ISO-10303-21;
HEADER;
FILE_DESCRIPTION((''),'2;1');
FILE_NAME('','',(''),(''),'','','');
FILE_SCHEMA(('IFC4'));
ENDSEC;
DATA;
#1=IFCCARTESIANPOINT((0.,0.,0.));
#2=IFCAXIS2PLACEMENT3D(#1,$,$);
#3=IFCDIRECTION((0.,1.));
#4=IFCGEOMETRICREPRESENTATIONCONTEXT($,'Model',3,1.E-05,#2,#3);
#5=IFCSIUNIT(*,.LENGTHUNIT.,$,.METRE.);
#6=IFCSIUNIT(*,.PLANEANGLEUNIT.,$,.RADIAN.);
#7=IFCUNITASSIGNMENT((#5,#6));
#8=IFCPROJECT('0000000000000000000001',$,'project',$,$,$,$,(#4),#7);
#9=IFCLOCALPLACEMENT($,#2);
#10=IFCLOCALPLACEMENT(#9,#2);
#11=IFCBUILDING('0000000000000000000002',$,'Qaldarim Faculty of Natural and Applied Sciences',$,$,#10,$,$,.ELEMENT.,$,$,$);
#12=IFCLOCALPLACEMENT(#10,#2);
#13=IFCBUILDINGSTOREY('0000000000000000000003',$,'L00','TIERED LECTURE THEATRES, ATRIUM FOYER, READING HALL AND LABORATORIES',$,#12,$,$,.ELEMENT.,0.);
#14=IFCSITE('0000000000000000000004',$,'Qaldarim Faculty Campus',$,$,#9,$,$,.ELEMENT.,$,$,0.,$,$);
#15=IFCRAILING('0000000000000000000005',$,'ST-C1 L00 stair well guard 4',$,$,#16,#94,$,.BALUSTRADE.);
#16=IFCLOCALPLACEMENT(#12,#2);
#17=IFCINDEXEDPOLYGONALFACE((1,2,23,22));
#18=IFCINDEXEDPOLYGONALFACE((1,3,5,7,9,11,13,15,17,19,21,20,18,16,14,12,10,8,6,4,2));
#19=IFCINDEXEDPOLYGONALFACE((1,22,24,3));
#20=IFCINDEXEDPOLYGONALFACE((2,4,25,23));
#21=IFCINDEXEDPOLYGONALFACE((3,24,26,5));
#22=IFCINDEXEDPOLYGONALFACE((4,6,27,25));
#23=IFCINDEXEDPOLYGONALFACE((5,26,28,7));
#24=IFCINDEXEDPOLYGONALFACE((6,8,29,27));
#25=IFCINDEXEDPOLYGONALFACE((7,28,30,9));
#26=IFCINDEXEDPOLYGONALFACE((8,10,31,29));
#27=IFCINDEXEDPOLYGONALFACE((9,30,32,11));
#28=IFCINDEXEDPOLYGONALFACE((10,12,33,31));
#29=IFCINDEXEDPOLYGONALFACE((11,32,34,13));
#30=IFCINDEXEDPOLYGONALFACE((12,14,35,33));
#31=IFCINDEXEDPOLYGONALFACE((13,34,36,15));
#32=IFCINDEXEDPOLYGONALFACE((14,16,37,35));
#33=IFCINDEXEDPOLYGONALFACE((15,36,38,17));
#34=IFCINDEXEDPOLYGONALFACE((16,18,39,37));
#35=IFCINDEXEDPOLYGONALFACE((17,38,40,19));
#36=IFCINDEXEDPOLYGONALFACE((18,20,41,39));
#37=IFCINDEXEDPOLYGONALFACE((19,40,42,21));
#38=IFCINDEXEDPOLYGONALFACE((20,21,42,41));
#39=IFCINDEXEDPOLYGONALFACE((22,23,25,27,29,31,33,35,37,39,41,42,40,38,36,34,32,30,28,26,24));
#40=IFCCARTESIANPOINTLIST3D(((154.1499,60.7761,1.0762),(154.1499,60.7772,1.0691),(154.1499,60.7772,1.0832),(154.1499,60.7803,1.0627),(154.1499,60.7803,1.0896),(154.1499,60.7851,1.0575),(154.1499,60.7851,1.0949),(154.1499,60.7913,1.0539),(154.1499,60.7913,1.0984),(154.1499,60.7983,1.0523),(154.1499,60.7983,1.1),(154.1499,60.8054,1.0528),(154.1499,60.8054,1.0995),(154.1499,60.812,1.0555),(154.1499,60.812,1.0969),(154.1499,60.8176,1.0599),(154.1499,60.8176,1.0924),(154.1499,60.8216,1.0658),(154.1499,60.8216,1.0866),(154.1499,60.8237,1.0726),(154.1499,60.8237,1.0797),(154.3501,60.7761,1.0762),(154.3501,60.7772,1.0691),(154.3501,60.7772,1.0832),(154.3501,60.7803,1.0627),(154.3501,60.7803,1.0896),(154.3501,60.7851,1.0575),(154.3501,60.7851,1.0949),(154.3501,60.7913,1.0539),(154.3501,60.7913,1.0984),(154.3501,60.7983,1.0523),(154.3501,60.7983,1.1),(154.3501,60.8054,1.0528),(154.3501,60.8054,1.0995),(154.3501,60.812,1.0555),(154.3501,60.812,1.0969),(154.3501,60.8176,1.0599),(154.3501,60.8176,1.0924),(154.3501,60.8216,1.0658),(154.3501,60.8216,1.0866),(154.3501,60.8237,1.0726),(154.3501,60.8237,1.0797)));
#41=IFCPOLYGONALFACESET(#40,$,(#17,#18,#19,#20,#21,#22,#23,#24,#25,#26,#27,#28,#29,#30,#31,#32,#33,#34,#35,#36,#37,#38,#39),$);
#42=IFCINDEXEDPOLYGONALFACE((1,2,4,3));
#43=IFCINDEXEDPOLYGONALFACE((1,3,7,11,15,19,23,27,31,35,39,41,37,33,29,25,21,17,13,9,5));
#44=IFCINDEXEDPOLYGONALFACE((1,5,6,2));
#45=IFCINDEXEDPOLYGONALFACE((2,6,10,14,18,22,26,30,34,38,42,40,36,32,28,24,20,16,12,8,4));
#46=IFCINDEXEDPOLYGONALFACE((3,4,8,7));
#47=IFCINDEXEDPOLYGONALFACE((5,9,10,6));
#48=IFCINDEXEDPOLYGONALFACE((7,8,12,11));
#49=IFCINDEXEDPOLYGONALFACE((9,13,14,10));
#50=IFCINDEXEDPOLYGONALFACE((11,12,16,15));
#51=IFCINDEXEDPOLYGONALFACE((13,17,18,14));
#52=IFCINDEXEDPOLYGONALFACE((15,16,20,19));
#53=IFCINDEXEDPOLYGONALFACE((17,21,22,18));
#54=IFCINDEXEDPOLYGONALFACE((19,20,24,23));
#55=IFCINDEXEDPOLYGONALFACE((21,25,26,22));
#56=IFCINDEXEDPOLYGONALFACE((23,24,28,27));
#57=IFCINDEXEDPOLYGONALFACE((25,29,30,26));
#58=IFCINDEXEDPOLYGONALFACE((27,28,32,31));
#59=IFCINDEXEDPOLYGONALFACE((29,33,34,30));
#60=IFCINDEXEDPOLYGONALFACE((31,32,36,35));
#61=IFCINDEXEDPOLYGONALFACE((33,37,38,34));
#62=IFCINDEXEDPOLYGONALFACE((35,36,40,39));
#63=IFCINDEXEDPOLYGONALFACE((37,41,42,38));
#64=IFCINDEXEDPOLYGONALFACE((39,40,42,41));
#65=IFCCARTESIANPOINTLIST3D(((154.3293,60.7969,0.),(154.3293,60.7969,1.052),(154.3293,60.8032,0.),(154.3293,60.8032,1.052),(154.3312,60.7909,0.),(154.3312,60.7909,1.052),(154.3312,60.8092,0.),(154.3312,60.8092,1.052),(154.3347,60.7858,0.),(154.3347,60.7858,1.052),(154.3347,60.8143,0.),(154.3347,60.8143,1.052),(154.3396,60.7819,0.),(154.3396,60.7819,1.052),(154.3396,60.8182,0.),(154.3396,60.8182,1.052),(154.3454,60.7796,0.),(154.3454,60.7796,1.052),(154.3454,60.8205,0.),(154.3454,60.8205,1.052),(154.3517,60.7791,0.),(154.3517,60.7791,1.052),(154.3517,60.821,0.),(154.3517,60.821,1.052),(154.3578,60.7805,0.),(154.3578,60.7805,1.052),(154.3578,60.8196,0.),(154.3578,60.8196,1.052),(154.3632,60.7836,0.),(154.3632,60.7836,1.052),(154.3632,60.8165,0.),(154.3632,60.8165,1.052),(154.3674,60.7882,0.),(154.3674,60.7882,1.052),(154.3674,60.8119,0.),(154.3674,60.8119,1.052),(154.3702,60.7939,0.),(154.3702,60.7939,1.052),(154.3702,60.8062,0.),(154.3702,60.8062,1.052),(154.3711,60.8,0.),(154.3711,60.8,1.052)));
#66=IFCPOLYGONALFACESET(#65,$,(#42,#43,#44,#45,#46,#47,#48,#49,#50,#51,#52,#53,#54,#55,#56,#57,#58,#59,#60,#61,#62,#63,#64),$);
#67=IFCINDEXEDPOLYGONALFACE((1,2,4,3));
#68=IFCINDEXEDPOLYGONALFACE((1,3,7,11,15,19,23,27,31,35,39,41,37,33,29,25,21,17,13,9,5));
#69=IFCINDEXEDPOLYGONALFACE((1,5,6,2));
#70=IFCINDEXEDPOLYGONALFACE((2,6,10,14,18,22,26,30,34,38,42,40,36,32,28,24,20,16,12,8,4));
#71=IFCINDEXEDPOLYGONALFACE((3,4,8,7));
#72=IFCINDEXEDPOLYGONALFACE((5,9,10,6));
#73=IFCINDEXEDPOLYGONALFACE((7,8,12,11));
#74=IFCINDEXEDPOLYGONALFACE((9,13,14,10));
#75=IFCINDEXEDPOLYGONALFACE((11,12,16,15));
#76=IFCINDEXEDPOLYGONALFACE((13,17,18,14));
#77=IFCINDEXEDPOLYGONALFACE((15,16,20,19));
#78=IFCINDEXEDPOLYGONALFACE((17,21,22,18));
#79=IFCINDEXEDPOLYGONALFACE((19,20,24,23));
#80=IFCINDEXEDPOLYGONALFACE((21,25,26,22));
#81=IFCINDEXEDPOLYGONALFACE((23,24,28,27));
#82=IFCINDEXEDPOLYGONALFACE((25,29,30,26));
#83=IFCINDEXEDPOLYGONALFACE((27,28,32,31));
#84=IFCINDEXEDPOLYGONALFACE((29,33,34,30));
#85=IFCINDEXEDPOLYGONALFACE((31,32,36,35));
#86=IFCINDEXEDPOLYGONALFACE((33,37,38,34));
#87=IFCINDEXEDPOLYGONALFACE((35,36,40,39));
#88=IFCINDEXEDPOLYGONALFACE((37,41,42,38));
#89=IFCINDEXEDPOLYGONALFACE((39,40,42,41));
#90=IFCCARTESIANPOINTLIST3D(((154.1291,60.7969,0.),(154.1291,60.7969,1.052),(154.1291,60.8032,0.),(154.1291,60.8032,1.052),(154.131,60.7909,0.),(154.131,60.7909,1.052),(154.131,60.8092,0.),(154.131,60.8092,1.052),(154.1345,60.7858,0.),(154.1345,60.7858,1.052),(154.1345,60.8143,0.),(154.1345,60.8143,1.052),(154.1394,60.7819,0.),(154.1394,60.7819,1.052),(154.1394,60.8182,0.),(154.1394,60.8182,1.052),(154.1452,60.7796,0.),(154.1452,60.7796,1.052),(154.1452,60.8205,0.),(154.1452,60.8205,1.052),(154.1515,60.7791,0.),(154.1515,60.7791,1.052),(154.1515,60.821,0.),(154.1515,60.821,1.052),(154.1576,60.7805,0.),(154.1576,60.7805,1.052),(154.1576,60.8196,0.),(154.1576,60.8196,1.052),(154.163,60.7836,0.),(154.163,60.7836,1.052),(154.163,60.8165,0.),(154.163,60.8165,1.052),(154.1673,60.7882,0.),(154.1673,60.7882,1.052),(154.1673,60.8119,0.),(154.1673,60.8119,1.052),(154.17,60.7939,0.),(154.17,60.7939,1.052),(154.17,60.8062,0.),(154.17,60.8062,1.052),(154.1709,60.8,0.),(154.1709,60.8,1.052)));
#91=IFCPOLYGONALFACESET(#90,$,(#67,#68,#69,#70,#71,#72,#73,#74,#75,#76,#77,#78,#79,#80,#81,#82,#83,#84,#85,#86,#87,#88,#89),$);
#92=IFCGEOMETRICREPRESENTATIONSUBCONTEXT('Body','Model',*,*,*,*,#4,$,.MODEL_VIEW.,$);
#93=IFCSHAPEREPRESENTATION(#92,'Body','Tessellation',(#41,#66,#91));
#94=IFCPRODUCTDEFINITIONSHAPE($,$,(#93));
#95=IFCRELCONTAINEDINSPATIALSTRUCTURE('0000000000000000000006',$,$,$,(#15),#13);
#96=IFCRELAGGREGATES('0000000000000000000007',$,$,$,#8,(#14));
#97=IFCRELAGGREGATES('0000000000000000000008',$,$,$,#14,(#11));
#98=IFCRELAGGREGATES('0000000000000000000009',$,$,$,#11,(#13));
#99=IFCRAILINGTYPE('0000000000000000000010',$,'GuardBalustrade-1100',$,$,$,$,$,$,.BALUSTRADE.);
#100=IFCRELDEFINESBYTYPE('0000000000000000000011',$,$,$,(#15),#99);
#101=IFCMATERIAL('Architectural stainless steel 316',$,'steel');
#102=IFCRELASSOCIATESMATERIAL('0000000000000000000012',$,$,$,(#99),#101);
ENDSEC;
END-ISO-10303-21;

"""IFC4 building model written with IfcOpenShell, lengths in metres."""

from ifc_helpers import new_model, si_unit, direction, frame, origin, origin_2d, place, context, subcontext, project, spatial, circle, extrude, material, type_object, element, save


model = new_model("IFC4")

# Units and contexts
model_context = context("Model", 3, precision=1e-05, world=origin(), true_north=direction((0.0, 1.0)))
body_context = subcontext(model_context, "Body", "Model", "MODEL_VIEW")
ifc_project = project(units=[si_unit("LENGTHUNIT", "METRE"), si_unit("PLANEANGLEUNIT", "RADIAN")], contexts=[model_context])

# Site, building, storey
site_placement = place(None, origin())
site = spatial("IfcSite", under=ifc_project, at=site_placement, Name="Qaldarim Faculty Campus", CompositionType="ELEMENT", RefElevation=0.0)
building_placement = place(site_placement, origin())
building = spatial("IfcBuilding", under=site, at=building_placement, Name="Qaldarim Faculty of Natural and Applied Sciences", CompositionType="ELEMENT")
storey_placement = place(building_placement, origin())
storey = spatial("IfcBuildingStorey", under=building, at=storey_placement, Name="L00", Description="TIERED LECTURE THEATRES, ATRIUM FOYER, READING HALL AND LABORATORIES", CompositionType="ELEMENT", Elevation=0.0)

# Railing
ifc_material_1 = material(Name="Architectural stainless steel 316", Category="steel")
railing_type = type_object("IfcRailingType", Name="GuardBalustrade-1100", PredefinedType="BALUSTRADE", material=ifc_material_1)
railing_1_placement = place(storey_placement, frame((154.3501, 60.8, 0.0)))
element("IfcRailing", 1, at=railing_1_placement, inside=storey, type_object=railing_type, Name="ST-C1 L00 stair well guard 4", PredefinedType="BALUSTRADE", context=body_context, shape_type="SweptSolid", body=[
    extrude(circle(Radius=0.0239, at=origin_2d()), frame((0.0, 0.0, 1.0762), z_axis=(-1.0, 0.0, 0.0), x_axis=(0.0, -1.0, 0.0)), (0.0, 0.0, 1.0), 0.2002),
    extrude(circle(Radius=0.021, at=origin_2d()), origin(), (0.0, 0.0, 1.0), 1.052),
    extrude(circle(Radius=0.021, at=origin_2d()), frame((-0.2002, 0.0, 0.0)), (0.0, 0.0, 1.0), 1.052),
])

save(model, "model.ifc")
